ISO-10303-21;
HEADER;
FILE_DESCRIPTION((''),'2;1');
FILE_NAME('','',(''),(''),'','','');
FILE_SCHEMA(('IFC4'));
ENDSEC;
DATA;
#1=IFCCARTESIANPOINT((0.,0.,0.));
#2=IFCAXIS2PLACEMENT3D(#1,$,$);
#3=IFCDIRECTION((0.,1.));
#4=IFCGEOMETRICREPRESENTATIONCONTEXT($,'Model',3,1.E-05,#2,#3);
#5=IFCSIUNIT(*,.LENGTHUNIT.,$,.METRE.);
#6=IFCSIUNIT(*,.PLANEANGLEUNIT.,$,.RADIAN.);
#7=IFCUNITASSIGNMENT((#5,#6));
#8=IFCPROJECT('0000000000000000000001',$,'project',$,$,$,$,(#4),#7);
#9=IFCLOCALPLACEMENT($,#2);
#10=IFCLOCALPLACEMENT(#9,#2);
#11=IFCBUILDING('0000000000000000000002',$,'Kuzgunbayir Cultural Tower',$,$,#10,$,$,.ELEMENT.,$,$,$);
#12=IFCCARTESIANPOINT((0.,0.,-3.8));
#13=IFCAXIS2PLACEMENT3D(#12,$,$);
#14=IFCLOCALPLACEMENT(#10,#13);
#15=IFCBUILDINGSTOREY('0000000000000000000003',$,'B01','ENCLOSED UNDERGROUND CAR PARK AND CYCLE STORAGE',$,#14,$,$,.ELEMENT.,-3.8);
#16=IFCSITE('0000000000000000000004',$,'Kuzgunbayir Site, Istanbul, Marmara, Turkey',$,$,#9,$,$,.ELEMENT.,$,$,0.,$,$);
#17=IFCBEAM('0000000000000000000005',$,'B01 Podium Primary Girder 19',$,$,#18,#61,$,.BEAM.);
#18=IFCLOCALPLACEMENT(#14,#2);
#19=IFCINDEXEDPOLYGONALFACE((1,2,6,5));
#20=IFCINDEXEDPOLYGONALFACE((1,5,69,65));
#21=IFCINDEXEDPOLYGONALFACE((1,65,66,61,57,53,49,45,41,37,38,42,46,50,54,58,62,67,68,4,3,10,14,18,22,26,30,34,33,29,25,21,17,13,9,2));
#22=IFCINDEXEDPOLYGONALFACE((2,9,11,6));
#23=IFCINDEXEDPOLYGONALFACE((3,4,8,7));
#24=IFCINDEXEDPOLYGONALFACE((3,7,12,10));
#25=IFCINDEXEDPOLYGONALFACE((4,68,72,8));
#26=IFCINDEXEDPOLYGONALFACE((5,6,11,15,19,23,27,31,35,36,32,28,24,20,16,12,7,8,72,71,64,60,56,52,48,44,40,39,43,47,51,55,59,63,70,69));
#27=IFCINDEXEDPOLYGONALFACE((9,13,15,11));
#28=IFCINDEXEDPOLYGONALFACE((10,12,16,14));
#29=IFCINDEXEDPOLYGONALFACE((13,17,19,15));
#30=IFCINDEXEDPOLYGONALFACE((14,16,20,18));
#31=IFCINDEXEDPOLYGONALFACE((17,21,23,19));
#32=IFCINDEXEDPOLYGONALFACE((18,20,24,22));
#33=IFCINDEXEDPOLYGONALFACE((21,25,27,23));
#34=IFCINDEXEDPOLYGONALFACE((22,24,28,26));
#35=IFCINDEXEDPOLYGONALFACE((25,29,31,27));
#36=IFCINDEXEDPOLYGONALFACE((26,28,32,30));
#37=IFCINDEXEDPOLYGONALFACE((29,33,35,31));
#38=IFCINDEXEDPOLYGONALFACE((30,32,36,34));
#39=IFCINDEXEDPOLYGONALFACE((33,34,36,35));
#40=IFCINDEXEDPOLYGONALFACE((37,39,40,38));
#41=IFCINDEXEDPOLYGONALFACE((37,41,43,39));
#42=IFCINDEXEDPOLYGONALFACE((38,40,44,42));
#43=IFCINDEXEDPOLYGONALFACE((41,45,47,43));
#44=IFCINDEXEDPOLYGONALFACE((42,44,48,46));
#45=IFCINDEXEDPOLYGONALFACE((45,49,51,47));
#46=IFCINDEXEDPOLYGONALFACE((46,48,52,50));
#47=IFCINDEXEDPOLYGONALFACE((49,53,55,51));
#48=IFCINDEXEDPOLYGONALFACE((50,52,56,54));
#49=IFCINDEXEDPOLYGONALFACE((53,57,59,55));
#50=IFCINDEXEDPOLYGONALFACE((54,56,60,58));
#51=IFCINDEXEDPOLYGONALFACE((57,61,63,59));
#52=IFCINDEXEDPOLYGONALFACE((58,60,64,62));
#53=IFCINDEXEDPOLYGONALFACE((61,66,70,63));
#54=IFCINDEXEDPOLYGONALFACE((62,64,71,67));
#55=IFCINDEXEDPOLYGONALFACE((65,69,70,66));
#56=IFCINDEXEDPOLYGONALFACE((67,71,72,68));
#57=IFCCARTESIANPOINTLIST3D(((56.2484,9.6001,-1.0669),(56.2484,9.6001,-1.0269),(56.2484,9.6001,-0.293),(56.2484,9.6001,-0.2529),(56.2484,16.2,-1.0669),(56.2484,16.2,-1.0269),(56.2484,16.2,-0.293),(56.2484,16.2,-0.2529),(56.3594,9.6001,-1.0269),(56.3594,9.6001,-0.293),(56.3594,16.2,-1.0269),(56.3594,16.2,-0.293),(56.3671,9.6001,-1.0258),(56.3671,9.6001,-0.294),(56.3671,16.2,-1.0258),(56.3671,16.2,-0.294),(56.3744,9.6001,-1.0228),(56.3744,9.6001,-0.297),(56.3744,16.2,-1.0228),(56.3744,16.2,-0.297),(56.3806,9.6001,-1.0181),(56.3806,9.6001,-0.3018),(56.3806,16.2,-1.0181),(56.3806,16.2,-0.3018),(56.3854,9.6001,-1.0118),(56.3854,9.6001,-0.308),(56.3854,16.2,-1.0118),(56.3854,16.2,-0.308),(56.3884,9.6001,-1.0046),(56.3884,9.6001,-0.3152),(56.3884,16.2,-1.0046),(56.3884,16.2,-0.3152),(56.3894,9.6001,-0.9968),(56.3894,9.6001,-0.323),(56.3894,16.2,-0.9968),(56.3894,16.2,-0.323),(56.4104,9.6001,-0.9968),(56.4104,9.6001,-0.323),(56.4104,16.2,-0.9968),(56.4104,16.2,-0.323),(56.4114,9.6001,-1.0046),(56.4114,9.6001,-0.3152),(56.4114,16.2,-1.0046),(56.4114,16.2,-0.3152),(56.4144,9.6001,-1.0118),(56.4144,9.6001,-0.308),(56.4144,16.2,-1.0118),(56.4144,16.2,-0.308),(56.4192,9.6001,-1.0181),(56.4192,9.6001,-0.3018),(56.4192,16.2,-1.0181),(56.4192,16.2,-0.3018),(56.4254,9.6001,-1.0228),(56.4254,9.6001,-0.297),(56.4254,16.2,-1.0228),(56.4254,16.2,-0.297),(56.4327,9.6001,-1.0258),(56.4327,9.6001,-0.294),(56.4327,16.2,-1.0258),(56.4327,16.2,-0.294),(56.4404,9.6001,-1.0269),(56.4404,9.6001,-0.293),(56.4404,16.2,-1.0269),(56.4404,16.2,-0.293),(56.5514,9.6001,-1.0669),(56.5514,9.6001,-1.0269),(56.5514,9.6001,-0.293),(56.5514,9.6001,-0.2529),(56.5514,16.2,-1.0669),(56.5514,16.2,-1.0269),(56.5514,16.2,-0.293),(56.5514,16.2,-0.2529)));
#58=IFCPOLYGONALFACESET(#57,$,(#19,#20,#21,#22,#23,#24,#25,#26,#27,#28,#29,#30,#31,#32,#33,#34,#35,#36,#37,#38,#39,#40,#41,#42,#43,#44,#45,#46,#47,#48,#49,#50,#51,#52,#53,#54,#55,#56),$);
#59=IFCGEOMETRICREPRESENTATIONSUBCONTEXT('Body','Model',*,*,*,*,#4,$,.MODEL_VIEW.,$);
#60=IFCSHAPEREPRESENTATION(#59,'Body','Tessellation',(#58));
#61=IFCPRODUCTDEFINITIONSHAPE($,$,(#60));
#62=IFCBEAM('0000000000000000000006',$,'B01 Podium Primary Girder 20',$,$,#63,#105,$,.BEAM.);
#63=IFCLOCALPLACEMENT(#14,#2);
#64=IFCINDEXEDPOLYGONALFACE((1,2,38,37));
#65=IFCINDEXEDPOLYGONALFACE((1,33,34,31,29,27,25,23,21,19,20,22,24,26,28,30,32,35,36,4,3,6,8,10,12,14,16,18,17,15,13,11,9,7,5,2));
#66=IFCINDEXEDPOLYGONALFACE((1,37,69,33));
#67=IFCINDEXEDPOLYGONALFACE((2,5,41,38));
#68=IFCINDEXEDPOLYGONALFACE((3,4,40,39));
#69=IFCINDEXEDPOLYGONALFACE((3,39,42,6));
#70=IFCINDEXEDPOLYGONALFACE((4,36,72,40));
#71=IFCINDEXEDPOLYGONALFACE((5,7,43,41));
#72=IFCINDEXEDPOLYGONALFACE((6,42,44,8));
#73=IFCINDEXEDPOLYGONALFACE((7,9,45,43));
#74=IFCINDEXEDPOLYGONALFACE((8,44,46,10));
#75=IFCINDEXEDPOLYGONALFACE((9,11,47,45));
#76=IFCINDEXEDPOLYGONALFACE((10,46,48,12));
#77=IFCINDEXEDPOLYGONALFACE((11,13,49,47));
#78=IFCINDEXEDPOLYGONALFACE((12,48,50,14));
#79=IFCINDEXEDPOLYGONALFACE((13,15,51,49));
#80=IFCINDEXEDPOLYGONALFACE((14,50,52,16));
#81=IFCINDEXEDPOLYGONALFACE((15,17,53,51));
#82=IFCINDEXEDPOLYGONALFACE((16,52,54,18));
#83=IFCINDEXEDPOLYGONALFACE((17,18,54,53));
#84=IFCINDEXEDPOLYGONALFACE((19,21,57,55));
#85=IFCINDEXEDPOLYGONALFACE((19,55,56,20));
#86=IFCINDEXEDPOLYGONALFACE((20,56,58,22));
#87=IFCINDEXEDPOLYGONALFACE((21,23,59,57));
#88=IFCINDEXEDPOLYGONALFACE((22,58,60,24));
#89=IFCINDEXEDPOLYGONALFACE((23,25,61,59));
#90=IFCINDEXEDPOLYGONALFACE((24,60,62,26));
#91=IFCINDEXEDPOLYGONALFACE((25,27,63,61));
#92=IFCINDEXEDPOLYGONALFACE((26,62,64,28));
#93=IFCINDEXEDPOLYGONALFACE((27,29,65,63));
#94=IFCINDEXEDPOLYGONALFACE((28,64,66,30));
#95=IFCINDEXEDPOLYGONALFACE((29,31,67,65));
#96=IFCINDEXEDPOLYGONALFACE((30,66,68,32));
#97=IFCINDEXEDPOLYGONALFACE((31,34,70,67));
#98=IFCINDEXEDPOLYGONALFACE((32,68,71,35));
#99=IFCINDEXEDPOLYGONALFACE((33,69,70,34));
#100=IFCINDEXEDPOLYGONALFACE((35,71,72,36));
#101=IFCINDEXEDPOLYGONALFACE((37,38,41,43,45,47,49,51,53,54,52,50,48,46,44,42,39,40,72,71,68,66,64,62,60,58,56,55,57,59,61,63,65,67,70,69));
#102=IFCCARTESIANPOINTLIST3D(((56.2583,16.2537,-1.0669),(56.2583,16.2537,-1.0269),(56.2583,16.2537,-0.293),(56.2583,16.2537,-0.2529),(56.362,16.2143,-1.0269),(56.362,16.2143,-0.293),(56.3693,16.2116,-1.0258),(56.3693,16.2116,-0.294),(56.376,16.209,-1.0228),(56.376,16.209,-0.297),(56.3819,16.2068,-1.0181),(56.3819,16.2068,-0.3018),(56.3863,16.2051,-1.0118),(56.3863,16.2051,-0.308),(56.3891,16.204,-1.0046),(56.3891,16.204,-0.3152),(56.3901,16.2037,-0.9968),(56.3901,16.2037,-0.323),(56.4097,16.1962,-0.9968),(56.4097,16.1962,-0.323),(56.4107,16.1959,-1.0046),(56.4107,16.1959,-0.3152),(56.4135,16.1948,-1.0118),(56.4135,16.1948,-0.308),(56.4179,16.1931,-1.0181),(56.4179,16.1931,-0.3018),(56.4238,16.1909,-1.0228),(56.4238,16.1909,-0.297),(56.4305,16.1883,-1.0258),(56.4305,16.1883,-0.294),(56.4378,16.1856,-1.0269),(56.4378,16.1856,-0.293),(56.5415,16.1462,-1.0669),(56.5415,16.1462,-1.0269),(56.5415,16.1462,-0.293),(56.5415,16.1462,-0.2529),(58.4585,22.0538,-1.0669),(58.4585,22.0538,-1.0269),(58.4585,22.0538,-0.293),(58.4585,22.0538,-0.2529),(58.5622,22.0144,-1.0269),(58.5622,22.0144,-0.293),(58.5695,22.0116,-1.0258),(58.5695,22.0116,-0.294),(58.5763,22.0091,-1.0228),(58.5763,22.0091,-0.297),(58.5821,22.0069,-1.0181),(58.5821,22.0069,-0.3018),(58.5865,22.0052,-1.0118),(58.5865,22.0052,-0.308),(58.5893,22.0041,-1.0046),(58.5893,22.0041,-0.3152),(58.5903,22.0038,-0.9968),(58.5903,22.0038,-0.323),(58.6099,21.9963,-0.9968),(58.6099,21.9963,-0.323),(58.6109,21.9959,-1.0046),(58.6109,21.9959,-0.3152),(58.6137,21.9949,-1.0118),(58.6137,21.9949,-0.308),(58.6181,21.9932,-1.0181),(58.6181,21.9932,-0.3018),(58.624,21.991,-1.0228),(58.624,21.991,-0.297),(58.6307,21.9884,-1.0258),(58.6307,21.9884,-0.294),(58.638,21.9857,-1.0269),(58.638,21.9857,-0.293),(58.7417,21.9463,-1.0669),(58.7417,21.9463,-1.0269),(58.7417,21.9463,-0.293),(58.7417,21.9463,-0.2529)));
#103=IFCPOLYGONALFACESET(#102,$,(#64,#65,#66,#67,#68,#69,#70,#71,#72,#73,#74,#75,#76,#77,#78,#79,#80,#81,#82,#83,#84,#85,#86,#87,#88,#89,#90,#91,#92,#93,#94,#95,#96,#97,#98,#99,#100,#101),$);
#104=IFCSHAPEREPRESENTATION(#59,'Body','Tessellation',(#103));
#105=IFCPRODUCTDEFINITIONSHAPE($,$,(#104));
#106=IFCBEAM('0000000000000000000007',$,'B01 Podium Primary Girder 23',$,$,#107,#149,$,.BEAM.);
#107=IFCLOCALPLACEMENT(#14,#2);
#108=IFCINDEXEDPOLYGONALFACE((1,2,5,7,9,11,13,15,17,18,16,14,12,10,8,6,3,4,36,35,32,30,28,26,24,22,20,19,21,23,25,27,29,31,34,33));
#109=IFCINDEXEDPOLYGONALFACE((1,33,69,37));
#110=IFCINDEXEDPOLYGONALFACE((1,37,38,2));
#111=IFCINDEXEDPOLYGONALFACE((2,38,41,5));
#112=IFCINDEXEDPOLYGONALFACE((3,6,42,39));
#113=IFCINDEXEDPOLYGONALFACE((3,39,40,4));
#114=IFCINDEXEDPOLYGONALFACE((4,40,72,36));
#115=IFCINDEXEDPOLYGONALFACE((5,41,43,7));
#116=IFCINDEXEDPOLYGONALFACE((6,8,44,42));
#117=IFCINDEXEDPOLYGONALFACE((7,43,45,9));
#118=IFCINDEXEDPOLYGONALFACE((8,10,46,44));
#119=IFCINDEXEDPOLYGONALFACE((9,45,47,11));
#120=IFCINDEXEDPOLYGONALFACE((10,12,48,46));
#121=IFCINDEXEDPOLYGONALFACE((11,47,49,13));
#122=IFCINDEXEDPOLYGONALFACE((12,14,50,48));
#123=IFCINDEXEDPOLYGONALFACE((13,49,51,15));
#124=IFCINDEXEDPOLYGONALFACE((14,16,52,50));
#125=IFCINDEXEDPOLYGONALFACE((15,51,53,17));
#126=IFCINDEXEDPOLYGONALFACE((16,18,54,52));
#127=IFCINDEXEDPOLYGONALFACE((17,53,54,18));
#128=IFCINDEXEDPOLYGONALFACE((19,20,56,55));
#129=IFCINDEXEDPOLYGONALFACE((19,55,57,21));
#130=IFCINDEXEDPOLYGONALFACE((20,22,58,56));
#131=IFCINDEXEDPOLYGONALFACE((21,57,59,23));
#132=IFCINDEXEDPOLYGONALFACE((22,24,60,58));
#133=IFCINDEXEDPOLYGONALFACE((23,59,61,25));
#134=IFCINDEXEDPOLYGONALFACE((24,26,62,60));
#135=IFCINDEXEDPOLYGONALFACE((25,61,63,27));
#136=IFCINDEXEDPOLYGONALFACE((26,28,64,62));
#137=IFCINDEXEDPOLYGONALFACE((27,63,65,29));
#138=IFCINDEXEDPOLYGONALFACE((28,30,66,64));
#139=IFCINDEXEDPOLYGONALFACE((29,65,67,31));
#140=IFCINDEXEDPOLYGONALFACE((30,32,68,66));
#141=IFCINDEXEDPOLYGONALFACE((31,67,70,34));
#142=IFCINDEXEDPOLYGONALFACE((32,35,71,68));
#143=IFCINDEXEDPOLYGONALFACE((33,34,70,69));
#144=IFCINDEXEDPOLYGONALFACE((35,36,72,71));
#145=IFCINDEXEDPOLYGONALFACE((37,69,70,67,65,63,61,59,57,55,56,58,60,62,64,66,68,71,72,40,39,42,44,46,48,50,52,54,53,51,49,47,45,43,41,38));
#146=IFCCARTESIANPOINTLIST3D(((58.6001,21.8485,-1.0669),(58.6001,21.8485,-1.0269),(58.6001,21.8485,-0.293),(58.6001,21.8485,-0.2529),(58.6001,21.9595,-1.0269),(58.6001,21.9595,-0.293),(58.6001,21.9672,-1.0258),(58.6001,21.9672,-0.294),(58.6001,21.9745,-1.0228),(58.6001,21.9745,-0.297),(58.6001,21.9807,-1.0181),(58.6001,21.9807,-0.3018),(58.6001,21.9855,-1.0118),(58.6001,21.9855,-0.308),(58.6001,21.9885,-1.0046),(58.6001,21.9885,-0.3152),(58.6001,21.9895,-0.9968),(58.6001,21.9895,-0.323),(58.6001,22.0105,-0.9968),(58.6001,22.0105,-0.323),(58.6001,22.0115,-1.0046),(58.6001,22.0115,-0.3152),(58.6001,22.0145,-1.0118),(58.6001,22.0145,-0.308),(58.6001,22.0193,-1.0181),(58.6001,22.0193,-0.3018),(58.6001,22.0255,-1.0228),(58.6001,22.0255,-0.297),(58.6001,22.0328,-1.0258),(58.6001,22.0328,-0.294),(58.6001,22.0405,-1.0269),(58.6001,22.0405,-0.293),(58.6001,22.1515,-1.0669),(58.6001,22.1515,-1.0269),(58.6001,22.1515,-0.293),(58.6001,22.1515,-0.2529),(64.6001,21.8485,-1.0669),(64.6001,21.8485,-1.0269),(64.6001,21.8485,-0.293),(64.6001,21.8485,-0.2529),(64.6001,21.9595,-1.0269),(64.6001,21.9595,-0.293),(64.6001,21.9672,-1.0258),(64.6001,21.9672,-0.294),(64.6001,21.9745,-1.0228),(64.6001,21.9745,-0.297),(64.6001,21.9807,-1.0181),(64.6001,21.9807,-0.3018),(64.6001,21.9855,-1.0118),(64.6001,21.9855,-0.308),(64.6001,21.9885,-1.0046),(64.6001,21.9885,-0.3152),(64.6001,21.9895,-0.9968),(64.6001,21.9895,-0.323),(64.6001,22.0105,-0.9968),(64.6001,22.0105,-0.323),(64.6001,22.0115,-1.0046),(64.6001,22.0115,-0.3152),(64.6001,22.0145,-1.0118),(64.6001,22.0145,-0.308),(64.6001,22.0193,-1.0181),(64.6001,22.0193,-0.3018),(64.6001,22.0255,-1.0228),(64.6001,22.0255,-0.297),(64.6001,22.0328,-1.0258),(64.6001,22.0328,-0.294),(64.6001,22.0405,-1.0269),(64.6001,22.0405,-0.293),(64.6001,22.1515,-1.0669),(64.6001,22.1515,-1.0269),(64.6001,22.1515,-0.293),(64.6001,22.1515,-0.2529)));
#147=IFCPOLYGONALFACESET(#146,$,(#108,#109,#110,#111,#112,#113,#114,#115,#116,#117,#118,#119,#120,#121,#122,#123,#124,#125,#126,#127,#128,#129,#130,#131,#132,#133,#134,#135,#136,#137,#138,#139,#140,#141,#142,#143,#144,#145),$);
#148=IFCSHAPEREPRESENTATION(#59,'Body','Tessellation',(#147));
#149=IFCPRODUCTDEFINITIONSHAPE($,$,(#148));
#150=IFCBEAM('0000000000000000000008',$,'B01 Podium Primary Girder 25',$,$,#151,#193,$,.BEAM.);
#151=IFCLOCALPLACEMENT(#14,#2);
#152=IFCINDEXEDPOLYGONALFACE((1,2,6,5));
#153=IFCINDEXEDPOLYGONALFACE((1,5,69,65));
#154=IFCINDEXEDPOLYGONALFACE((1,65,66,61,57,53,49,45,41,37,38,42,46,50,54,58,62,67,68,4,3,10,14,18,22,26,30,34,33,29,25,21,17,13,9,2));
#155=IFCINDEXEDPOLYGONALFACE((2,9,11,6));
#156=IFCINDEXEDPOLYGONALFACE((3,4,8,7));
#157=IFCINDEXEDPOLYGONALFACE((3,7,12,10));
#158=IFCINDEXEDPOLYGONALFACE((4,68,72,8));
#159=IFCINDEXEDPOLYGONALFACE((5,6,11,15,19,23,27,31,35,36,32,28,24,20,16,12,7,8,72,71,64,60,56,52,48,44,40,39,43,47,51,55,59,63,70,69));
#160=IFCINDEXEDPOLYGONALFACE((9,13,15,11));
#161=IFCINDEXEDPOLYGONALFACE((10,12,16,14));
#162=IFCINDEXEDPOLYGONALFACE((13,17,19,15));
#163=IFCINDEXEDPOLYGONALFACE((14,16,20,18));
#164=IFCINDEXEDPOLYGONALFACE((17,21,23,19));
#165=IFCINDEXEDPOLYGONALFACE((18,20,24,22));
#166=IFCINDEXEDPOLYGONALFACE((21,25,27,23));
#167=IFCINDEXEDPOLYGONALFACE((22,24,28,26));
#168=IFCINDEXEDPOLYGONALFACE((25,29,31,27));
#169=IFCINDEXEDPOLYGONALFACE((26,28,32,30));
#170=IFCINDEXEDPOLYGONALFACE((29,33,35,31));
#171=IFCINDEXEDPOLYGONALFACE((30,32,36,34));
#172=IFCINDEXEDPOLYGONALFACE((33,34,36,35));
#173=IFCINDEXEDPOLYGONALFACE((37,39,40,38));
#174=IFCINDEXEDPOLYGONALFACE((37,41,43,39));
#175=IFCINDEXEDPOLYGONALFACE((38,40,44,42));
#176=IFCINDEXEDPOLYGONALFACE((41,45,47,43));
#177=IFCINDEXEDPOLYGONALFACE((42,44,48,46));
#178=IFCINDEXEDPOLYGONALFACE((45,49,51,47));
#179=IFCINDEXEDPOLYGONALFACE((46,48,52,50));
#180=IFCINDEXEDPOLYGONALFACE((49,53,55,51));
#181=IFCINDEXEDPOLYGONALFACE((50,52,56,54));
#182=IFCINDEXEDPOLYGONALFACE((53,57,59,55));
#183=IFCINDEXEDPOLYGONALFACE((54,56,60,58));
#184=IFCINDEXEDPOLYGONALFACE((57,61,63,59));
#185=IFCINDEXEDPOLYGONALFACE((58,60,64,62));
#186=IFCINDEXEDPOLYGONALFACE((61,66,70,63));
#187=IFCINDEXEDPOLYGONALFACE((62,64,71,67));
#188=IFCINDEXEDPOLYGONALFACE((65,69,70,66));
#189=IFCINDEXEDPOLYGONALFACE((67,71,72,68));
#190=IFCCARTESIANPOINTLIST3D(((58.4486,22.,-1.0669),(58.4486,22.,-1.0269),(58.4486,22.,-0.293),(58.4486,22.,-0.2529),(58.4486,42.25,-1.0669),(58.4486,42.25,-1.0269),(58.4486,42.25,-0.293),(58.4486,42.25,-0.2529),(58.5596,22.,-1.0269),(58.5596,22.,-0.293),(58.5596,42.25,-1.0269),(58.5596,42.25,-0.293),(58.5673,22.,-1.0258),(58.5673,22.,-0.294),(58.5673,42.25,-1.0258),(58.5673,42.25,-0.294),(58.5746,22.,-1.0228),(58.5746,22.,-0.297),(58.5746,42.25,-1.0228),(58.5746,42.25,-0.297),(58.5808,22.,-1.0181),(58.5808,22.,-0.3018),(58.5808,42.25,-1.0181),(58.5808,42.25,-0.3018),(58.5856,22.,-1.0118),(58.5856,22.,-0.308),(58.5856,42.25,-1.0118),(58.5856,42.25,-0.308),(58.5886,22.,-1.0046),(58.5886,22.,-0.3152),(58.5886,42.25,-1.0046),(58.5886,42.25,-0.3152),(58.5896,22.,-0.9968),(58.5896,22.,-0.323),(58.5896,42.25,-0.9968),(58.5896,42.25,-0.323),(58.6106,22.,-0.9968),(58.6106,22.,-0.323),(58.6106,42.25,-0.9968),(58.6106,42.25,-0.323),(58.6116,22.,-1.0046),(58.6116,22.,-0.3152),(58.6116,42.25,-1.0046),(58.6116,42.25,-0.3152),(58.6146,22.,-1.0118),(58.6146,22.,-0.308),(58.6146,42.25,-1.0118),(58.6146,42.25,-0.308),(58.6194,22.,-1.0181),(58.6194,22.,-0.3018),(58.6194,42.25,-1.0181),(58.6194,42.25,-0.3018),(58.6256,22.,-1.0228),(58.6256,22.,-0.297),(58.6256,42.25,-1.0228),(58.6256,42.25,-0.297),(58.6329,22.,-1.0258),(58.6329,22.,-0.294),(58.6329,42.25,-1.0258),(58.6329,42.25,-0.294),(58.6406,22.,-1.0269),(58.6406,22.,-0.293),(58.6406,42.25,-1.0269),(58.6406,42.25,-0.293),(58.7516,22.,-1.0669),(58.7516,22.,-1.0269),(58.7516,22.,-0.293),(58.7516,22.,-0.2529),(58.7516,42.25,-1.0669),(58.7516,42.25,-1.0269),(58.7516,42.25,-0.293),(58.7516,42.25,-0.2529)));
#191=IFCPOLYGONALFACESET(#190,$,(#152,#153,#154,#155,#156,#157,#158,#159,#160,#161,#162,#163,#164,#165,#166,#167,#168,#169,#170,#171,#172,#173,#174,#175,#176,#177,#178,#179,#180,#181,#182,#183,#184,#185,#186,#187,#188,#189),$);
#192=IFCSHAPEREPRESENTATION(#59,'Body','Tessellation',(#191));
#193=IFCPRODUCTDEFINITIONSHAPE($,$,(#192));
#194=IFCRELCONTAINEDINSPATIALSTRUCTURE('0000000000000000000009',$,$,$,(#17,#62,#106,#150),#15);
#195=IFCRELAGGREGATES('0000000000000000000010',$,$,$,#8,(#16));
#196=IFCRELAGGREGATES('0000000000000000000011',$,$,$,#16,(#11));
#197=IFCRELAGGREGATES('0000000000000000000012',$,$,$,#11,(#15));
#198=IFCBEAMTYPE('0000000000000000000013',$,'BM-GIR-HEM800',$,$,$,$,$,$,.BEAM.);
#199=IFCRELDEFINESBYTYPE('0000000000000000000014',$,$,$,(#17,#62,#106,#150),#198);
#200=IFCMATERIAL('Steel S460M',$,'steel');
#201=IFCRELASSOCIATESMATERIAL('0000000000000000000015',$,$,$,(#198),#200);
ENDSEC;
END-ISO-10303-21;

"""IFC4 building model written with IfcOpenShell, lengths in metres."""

from ifc_helpers import new_model, si_unit, direction, frame, origin, origin_2d, place, context, subcontext, project, spatial, i_section, extrude, material, material_profile, profile_set, type_object, element, save


model = new_model("IFC4")

# Units and contexts
model_context = context("Model", 3, precision=1e-05, world=origin(), true_north=direction((0.0, 1.0)))
body_context = subcontext(model_context, "Body", "Model", "MODEL_VIEW")
ifc_project = project(units=[si_unit("LENGTHUNIT", "METRE"), si_unit("PLANEANGLEUNIT", "RADIAN")], contexts=[model_context])

# Site, building, storey
site_placement = place(None, origin())
site = spatial("IfcSite", under=ifc_project, at=site_placement, Name="Kuzgunbayir Site, Istanbul, Marmara, Turkey", CompositionType="ELEMENT", RefElevation=0.0)
building_placement = place(site_placement, origin())
building = spatial("IfcBuilding", under=site, at=building_placement, Name="Kuzgunbayir Cultural Tower", CompositionType="ELEMENT")
storey_placement = place(building_placement, frame((0.0, 0.0, -3.8)))
storey = spatial("IfcBuildingStorey", under=building, at=storey_placement, Name="B01", Description="ENCLOSED UNDERGROUND CAR PARK AND CYCLE STORAGE", CompositionType="ELEMENT", Elevation=-3.8)

# Beams
ifc_material_1 = material(Name="Steel S460M", Category="steel")
ifc_material_profile_1 = material_profile(ifc_material_1, i_section(OverallWidth=0.303, OverallDepth=0.814, WebThickness=0.021, FlangeThickness=0.04, FilletRadius=0.03, at=origin_2d()), Name="HEM 800")
ifc_profile_set_1 = profile_set([ifc_material_profile_1], Name="Steel S460M")
beam_type = type_object("IfcBeamType", Name="BM-GIR-HEM800", PredefinedType="BEAM", material=ifc_profile_set_1)
beam_1_placement = place(storey_placement, frame((56.3999, 9.6001, -0.6599), z_axis=(0.0, 1.0, 0.0), x_axis=(-1.0, 0.0, 0.0)))
element("IfcBeam", 1, at=beam_1_placement, inside=storey, type_object=beam_type, Name="B01 Podium Primary Girder 19", PredefinedType="BEAM", context=body_context, shape_type="SweptSolid", body=[
    extrude(i_section(OverallWidth=0.303, OverallDepth=0.814, WebThickness=0.021, FlangeThickness=0.04, FilletRadius=0.03, at=origin_2d()), origin(), (0.0, 0.0, 1.0), 6.5999),
])
beam_2_placement = place(storey_placement, frame((56.3999, 16.2, -0.6599), z_axis=(0.354679, 0.934988, 0.0), x_axis=(-0.934988, 0.354679, 0.0)))
element("IfcBeam", 2, at=beam_2_placement, inside=storey, type_object=beam_type, Name="B01 Podium Primary Girder 20", PredefinedType="BEAM", context=body_context, shape_type="SweptSolid", body=[
    extrude(i_section(OverallWidth=0.303, OverallDepth=0.814, WebThickness=0.021, FlangeThickness=0.04, FilletRadius=0.03, at=origin_2d()), origin(), (0.0, 0.0, 1.0), 6.2034),
])
beam_3_placement = place(storey_placement, frame((58.6001, 22.0, -0.6599), z_axis=(1.0, 0.0, 0.0), x_axis=(0.0, 1.0, 0.0)))
element("IfcBeam", 3, at=beam_3_placement, inside=storey, type_object=beam_type, Name="B01 Podium Primary Girder 23", PredefinedType="BEAM", context=body_context, shape_type="SweptSolid", body=[
    extrude(i_section(OverallWidth=0.303, OverallDepth=0.814, WebThickness=0.021, FlangeThickness=0.04, FilletRadius=0.03, at=origin_2d()), origin(), (0.0, 0.0, 1.0), 6.0),
])
beam_4_placement = place(storey_placement, frame((58.6001, 22.0, -0.6599), z_axis=(0.0, 1.0, 0.0), x_axis=(-1.0, 0.0, 0.0)))
element("IfcBeam", 4, at=beam_4_placement, inside=storey, type_object=beam_type, Name="B01 Podium Primary Girder 25", PredefinedType="BEAM", context=body_context, shape_type="SweptSolid", body=[
    extrude(i_section(OverallWidth=0.303, OverallDepth=0.814, WebThickness=0.021, FlangeThickness=0.04, FilletRadius=0.03, at=origin_2d()), origin(), (0.0, 0.0, 1.0), 20.25),
])

save(model, "model.ifc")
